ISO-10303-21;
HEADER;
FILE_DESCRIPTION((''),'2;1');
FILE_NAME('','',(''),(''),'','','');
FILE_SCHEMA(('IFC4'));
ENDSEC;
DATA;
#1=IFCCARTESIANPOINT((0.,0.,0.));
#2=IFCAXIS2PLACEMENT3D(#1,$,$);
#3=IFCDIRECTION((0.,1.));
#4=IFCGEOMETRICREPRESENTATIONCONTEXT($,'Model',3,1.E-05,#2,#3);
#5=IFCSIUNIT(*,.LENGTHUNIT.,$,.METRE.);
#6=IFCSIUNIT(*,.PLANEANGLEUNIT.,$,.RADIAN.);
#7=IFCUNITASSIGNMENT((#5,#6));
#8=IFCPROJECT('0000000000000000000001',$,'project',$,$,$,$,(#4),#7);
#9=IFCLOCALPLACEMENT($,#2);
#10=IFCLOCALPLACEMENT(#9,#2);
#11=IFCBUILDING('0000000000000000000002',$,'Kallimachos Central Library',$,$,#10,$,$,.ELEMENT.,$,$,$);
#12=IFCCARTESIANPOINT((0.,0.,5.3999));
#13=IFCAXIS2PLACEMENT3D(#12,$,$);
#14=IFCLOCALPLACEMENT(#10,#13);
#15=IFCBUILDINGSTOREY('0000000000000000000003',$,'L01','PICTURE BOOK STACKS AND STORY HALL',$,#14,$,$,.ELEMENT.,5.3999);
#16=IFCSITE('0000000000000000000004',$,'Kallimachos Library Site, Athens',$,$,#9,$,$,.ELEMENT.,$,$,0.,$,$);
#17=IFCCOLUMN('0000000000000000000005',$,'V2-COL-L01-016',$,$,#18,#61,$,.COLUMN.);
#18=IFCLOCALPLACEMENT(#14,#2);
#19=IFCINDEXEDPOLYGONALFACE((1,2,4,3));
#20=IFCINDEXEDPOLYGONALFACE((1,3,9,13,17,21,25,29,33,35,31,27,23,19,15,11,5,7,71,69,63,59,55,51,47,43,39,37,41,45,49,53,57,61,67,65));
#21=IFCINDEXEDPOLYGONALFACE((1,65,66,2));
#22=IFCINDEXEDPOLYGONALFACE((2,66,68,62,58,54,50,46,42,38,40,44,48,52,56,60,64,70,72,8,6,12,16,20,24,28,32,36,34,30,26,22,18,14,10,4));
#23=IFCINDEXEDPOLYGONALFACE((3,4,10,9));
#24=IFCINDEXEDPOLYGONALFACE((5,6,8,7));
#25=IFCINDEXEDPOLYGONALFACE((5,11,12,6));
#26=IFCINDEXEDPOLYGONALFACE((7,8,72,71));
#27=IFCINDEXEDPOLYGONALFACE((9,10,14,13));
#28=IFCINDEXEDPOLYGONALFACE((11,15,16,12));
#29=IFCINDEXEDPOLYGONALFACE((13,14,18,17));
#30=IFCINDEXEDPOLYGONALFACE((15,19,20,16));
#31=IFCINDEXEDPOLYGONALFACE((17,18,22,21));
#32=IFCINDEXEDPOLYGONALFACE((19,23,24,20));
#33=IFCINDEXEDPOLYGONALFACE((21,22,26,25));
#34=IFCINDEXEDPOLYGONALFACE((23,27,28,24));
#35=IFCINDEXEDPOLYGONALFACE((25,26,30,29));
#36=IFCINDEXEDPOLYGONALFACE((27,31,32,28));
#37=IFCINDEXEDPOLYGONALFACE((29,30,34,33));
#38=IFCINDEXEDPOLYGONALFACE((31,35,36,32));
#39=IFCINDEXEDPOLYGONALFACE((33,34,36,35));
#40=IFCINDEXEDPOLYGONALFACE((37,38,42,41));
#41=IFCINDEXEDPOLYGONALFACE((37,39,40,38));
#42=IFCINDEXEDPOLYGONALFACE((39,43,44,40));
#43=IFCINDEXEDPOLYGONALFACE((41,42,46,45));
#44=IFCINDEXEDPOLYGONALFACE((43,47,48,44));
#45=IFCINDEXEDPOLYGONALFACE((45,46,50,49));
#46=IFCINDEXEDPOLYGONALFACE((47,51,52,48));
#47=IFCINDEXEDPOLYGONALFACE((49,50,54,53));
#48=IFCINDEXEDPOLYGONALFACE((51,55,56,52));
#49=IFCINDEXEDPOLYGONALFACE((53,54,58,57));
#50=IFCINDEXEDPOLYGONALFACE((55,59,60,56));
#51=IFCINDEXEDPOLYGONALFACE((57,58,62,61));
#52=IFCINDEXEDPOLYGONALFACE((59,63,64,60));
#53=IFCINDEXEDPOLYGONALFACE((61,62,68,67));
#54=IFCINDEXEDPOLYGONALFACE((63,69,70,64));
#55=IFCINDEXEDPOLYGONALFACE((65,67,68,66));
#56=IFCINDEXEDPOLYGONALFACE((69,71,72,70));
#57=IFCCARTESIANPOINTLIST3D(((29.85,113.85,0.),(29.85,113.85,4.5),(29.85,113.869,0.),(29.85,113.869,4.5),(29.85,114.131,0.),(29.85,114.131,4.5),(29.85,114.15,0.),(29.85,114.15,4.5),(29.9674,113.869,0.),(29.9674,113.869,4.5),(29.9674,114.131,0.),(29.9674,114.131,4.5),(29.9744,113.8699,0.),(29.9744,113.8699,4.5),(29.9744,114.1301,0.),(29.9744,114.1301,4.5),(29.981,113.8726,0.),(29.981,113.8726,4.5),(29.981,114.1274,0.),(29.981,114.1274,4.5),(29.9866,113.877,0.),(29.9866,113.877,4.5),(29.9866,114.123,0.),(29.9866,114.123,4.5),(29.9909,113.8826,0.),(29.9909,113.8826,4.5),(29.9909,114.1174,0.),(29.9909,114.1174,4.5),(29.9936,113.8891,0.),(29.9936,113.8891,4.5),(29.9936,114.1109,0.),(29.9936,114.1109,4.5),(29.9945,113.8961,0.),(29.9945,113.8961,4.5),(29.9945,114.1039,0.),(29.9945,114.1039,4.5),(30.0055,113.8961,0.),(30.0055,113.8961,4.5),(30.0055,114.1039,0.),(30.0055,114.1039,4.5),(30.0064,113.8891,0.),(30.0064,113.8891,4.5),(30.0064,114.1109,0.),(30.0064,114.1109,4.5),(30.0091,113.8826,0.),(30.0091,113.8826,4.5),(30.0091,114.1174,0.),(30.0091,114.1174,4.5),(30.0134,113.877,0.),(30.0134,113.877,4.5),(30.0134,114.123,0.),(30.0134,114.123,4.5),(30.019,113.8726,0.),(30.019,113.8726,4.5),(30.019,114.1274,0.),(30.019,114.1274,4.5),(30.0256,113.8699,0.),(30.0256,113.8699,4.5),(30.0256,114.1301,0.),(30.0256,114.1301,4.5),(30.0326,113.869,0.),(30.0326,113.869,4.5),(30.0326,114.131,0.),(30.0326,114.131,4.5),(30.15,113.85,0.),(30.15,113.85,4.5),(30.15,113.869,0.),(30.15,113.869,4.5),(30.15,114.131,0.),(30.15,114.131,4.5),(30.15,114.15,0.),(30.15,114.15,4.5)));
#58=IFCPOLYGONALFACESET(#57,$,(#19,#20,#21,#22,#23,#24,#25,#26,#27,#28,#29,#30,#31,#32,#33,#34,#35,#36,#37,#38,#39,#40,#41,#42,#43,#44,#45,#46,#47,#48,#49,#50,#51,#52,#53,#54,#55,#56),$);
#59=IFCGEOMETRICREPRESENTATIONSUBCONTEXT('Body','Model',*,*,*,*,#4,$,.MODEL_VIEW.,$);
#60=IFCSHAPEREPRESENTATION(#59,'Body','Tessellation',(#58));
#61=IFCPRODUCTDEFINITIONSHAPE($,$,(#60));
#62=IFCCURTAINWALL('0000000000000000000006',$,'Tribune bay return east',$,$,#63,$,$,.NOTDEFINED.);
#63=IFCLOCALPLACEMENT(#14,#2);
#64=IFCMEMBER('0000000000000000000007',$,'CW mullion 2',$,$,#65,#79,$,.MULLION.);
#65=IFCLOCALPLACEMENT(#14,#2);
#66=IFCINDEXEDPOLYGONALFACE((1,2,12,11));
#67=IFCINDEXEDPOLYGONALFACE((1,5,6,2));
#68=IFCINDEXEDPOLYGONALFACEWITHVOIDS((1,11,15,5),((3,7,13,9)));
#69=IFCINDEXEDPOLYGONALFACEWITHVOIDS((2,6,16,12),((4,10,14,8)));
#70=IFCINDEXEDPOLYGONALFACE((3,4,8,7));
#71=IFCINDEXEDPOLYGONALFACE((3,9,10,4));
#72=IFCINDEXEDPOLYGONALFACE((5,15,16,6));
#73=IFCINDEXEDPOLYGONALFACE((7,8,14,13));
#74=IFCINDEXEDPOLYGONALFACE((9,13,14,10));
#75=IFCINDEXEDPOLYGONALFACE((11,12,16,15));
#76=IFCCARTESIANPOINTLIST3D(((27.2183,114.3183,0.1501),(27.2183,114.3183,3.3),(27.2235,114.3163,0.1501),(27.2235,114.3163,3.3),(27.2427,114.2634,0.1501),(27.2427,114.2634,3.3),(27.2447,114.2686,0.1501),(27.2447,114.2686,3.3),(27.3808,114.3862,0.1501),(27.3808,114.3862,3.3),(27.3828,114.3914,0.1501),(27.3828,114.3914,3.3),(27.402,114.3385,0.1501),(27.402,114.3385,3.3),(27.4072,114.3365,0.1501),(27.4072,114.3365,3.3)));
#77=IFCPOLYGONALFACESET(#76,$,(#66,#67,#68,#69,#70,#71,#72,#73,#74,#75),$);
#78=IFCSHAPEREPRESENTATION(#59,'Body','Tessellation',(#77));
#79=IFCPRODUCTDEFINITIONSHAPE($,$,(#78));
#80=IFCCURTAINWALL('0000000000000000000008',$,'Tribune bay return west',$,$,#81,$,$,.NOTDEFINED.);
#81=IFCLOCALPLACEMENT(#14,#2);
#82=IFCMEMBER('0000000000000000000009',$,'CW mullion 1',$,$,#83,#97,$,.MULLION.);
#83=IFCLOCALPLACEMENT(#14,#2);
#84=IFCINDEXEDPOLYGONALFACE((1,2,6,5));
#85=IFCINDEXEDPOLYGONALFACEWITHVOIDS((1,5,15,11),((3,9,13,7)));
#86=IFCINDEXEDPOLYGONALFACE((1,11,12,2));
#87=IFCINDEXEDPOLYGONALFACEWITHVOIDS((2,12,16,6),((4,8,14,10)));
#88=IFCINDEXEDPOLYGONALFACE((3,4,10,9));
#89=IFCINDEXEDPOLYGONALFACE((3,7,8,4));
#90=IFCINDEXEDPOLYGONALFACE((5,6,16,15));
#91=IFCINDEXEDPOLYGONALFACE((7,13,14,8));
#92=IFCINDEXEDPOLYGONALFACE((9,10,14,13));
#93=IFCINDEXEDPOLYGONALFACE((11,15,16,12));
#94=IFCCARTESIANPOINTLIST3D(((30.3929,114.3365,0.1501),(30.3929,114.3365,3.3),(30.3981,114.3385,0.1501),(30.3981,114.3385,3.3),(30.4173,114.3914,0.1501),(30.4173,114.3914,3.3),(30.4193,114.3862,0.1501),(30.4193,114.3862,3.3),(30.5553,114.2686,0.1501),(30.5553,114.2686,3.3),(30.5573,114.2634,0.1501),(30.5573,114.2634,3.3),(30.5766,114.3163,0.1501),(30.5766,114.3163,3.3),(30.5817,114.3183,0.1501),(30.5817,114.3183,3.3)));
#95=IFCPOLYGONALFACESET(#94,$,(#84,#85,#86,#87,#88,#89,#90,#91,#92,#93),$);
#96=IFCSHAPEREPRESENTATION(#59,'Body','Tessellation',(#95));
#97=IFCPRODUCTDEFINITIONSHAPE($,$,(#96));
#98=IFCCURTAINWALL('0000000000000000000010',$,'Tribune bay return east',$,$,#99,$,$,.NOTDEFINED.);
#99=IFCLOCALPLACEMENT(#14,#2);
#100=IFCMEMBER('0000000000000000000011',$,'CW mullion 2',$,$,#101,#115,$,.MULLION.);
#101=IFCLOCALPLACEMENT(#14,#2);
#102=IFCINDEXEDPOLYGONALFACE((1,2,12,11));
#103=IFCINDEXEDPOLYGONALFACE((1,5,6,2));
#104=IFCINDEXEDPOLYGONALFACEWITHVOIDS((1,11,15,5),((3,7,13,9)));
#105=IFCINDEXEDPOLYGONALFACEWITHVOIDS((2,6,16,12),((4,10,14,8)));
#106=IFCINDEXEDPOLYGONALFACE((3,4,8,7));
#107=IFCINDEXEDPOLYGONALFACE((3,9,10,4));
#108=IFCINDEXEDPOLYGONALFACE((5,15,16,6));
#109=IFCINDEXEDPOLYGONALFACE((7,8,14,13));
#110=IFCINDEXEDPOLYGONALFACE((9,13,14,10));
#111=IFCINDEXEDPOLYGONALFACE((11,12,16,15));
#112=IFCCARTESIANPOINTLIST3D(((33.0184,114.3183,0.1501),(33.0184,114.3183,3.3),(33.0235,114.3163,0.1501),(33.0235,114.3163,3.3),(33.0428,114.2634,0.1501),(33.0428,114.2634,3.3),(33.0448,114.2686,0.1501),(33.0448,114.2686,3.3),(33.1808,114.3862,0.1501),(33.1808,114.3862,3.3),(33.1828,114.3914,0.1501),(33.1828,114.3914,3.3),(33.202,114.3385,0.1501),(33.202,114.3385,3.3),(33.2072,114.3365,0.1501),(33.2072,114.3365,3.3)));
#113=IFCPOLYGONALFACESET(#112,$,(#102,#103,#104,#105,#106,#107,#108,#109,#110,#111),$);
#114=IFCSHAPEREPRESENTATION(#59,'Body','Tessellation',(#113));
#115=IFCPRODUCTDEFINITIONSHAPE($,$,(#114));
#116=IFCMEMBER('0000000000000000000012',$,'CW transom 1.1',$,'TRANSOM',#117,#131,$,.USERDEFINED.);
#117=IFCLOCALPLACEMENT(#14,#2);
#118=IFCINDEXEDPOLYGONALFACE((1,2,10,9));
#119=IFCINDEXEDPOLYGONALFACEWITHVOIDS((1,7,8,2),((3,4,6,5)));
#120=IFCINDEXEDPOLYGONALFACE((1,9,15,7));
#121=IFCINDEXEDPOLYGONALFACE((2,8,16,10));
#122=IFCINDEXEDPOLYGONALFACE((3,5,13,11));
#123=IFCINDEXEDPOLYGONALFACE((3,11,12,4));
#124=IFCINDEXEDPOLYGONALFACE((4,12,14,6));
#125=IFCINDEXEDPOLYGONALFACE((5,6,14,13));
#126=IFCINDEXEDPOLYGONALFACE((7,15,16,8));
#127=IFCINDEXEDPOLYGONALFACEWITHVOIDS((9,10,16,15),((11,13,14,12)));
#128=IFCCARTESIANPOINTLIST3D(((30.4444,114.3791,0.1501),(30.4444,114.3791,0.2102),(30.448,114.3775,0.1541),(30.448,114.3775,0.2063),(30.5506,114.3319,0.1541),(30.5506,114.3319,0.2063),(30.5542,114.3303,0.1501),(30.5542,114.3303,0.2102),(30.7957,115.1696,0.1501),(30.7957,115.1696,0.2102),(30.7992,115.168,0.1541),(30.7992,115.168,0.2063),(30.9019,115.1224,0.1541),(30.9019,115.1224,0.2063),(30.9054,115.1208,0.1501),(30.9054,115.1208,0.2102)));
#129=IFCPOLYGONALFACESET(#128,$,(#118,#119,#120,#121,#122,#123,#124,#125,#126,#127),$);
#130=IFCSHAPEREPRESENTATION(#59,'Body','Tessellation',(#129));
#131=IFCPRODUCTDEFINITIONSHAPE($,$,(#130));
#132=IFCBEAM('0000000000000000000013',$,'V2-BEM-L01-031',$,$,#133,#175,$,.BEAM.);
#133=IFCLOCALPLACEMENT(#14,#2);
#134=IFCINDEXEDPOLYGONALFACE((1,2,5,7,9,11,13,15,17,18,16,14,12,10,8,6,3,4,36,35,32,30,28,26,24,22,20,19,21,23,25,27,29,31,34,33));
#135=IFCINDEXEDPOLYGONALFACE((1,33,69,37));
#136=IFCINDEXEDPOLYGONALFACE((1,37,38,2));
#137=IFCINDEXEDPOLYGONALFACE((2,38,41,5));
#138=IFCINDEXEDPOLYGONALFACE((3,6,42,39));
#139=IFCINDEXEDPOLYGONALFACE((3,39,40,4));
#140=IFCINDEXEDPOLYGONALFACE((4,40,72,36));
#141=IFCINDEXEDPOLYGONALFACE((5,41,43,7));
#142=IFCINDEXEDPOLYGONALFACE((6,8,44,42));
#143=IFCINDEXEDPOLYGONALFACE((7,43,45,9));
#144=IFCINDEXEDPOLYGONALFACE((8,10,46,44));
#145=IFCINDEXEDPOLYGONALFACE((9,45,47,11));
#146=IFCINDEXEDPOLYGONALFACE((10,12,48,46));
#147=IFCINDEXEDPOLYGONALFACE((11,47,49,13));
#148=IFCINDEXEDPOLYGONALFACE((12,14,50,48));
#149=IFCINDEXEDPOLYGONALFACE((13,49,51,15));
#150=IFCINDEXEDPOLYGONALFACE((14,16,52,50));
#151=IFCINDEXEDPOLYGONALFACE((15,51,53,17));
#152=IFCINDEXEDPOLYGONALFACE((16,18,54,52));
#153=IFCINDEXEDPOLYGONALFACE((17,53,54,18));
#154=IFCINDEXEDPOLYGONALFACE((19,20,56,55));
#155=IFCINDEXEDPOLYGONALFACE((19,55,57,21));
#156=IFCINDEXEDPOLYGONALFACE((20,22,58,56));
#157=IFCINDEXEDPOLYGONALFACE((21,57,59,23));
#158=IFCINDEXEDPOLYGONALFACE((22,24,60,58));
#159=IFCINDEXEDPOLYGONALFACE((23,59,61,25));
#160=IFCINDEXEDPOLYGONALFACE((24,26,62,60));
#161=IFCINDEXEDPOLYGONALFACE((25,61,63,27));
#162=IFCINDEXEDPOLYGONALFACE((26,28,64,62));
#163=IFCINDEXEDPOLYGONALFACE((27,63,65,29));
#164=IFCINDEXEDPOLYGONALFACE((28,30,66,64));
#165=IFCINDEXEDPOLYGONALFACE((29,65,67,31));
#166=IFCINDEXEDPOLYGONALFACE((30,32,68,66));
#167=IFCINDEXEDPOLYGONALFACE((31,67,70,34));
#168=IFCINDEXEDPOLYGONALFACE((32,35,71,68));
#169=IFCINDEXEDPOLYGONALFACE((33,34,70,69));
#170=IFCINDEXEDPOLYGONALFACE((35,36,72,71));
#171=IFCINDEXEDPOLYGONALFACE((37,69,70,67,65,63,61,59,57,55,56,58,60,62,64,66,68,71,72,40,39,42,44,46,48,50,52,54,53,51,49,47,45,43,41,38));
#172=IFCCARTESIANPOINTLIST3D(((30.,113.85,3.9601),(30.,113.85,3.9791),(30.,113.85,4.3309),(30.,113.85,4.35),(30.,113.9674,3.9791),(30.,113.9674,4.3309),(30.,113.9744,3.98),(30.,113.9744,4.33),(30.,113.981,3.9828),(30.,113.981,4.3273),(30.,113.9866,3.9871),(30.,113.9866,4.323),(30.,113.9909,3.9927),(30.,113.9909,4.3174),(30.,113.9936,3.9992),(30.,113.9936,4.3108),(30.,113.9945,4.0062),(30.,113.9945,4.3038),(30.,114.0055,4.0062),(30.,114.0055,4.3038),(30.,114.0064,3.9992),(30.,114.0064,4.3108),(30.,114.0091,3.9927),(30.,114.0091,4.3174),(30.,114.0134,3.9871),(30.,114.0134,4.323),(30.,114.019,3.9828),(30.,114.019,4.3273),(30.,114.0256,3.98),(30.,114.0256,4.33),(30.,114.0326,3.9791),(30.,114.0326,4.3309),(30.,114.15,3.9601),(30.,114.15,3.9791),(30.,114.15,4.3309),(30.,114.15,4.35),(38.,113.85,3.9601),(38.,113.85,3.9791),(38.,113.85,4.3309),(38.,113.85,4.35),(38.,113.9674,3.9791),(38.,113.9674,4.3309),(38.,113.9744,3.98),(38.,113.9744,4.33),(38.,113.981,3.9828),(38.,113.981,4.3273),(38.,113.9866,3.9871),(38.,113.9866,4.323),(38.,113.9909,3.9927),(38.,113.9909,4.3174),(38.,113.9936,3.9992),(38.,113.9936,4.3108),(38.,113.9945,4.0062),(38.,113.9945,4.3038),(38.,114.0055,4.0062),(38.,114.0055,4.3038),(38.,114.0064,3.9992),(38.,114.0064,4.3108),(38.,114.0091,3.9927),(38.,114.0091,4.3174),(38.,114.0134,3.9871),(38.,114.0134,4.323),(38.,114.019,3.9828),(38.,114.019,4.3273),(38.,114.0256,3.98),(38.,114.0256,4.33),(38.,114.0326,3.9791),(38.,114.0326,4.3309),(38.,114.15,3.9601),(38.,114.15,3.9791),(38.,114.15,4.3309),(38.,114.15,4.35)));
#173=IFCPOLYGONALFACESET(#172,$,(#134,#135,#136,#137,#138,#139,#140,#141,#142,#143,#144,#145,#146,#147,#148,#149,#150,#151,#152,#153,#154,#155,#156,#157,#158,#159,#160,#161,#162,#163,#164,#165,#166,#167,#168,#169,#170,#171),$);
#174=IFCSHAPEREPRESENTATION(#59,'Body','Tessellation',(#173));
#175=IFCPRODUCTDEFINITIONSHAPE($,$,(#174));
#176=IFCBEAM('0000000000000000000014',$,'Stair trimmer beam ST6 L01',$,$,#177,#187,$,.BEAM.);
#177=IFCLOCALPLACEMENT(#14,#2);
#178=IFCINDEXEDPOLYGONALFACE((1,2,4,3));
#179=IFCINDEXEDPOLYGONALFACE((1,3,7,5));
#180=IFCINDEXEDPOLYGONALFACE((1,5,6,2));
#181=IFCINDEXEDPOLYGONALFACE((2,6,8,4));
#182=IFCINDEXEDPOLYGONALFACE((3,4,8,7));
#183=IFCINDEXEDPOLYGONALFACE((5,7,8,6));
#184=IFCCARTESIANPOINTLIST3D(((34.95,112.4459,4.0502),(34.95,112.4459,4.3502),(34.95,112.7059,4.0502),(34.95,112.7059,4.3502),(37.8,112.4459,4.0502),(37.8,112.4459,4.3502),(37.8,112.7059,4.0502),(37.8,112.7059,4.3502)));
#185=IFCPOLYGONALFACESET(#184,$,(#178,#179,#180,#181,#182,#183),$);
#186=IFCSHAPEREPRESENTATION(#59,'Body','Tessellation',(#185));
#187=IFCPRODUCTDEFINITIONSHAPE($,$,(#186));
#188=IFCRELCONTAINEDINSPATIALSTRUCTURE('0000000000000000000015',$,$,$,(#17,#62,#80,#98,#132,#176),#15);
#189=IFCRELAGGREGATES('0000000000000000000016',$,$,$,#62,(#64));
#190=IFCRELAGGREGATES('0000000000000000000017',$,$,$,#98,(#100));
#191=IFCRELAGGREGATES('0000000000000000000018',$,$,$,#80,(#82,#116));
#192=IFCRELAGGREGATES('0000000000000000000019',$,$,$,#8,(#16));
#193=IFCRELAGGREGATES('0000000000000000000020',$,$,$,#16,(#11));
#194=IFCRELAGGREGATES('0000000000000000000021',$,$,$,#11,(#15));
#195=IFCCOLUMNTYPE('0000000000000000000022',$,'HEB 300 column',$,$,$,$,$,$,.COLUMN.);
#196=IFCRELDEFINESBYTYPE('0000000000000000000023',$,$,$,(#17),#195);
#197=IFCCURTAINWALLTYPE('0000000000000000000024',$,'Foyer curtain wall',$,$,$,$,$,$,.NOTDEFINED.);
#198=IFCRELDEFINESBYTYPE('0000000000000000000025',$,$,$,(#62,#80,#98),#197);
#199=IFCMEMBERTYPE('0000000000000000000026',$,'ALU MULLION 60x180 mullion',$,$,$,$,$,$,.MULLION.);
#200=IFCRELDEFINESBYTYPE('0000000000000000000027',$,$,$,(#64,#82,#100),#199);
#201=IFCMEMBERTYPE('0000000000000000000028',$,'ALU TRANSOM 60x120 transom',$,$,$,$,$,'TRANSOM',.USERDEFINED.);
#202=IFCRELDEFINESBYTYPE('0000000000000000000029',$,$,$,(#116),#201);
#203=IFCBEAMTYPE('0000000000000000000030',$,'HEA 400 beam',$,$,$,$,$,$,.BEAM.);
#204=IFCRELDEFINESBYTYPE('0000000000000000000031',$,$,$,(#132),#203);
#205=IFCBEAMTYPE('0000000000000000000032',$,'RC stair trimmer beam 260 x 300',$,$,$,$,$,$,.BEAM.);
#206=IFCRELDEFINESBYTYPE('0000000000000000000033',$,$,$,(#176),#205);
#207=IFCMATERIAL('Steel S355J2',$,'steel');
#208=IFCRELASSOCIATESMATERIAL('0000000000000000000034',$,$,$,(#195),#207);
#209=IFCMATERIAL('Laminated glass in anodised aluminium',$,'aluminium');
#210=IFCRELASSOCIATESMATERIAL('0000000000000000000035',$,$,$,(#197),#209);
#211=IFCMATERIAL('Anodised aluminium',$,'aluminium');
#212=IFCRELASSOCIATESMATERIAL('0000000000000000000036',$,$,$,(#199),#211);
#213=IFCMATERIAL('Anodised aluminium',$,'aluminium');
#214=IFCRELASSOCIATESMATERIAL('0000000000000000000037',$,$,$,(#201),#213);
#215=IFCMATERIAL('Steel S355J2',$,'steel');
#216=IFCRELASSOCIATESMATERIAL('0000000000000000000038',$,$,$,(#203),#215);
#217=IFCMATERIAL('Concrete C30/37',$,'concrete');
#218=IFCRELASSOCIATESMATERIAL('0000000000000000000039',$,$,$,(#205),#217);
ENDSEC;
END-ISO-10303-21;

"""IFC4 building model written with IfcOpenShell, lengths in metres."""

from ifc_helpers import new_model, si_unit, direction, frame, origin, origin_2d, place, context, subcontext, project, spatial, rectangle, hollow_rectangle, i_section, extrude, material, material_profile, profile_set, type_object, element, aggregate, save


model = new_model("IFC4")

# Units and contexts
model_context = context("Model", 3, precision=1e-05, world=origin(), true_north=direction((0.0, 1.0)))
body_context = subcontext(model_context, "Body", "Model", "MODEL_VIEW")
ifc_project = project(units=[si_unit("LENGTHUNIT", "METRE"), si_unit("PLANEANGLEUNIT", "RADIAN")], contexts=[model_context])

# Site, building, storey
site_placement = place(None, origin())
site = spatial("IfcSite", under=ifc_project, at=site_placement, Name="Kallimachos Library Site, Athens", CompositionType="ELEMENT", RefElevation=0.0)
building_placement = place(site_placement, origin())
building = spatial("IfcBuilding", under=site, at=building_placement, Name="Kallimachos Central Library", CompositionType="ELEMENT")
storey_placement = place(building_placement, frame((0.0, 0.0, 5.3999)))
storey = spatial("IfcBuildingStorey", under=building, at=storey_placement, Name="L01", Description="PICTURE BOOK STACKS AND STORY HALL", CompositionType="ELEMENT", Elevation=5.3999)

# Column
ifc_material_1 = material(Name="Steel S355J2", Category="steel")
ifc_material_profile_1 = material_profile(ifc_material_1, i_section(OverallWidth=0.3, OverallDepth=0.3, WebThickness=0.011, FlangeThickness=0.019, FilletRadius=0.0271, at=origin_2d()), Name="HEB 300")
ifc_profile_set_1 = profile_set([ifc_material_profile_1], Name="Steel S355J2")
column_type = type_object("IfcColumnType", Name="HEB 300 column", PredefinedType="COLUMN", material=ifc_profile_set_1)
column_placement = place(storey_placement, frame((30.0, 114.0, 0.0), z_axis=(0.0, 0.0, 1.0), x_axis=(1.0, 0.0, 0.0)))
element("IfcColumn", 1, at=column_placement, inside=storey, type_object=column_type, Name="V2-COL-L01-016", PredefinedType="COLUMN", context=body_context, shape_type="SweptSolid", body=[
    extrude(i_section(OverallWidth=0.3, OverallDepth=0.3, WebThickness=0.011, FlangeThickness=0.019, FilletRadius=0.0271, at=origin_2d()), origin(), (0.0, 0.0, 1.0), 4.5),
])

# Curtain walls, members
ifc_material_2 = material(Name="Laminated glass in anodised aluminium", Category="aluminium")
curtain_wall_type = type_object("IfcCurtainWallType", Name="Foyer curtain wall", PredefinedType="NOTDEFINED", material=ifc_material_2)
curtain_wall_1_placement = place(storey_placement, origin())
curtain_wall_1 = element("IfcCurtainWall", 2, at=curtain_wall_1_placement, inside=storey, type_object=curtain_wall_type, Name="Tribune bay return east", PredefinedType="NOTDEFINED")
ifc_material_3 = material(Name="Anodised aluminium", Category="aluminium")
ifc_material_profile_2 = material_profile(ifc_material_3, hollow_rectangle(XDim=0.0601, YDim=0.1799, WallThickness=0.0039, at=origin_2d()), Name="ALU MULLION 60x180")
ifc_profile_set_2 = profile_set([ifc_material_profile_2], Name="Anodised aluminium")
member_type_1 = type_object("IfcMemberType", Name="ALU MULLION 60x180 mullion", PredefinedType="MULLION", material=ifc_profile_set_2)
member_1_placement = place(storey_placement, frame((27.3127, 114.3274, 0.1501), z_axis=(0.0, 0.0, 1.0), x_axis=(0.406138, -0.913812, 0.0)))
member_1 = element("IfcMember", 3, at=member_1_placement, type_object=member_type_1, Name="CW mullion 2", PredefinedType="MULLION", context=body_context, shape_type="SweptSolid", body=[
    extrude(hollow_rectangle(XDim=0.0601, YDim=0.1799, WallThickness=0.0039, at=origin_2d()), origin(), (0.0, 0.0, 1.0), 3.1499),
])
aggregate(curtain_wall_1, [member_1])
curtain_wall_2_placement = place(storey_placement, origin())
curtain_wall_2 = element("IfcCurtainWall", 4, at=curtain_wall_2_placement, inside=storey, type_object=curtain_wall_type, Name="Tribune bay return west", PredefinedType="NOTDEFINED")
member_2_placement = place(storey_placement, frame((30.4873, 114.3274, 0.1501), z_axis=(0.0, 0.0, 1.0), x_axis=(0.406138, 0.913812, 0.0)))
member_2 = element("IfcMember", 5, at=member_2_placement, type_object=member_type_1, Name="CW mullion 1", PredefinedType="MULLION", context=body_context, shape_type="SweptSolid", body=[
    extrude(hollow_rectangle(XDim=0.0601, YDim=0.1799, WallThickness=0.0039, at=origin_2d()), origin(), (0.0, 0.0, 1.0), 3.1499),
])
curtain_wall_3_placement = place(storey_placement, origin())
curtain_wall_3 = element("IfcCurtainWall", 6, at=curtain_wall_3_placement, inside=storey, type_object=curtain_wall_type, Name="Tribune bay return east", PredefinedType="NOTDEFINED")
member_3_placement = place(storey_placement, frame((33.1128, 114.3274, 0.1501), z_axis=(0.0, 0.0, 1.0), x_axis=(0.406138, -0.913812, 0.0)))
member_3 = element("IfcMember", 7, at=member_3_placement, type_object=member_type_1, Name="CW mullion 2", PredefinedType="MULLION", context=body_context, shape_type="SweptSolid", body=[
    extrude(hollow_rectangle(XDim=0.0601, YDim=0.1799, WallThickness=0.0039, at=origin_2d()), origin(), (0.0, 0.0, 1.0), 3.1499),
])
aggregate(curtain_wall_3, [member_3])

# Member
ifc_material_4 = material(Name="Anodised aluminium", Category="aluminium")
ifc_material_profile_3 = material_profile(ifc_material_4, hollow_rectangle(XDim=0.0601, YDim=0.1201, WallThickness=0.0039, at=origin_2d()), Name="ALU TRANSOM 60x120")
ifc_profile_set_3 = profile_set([ifc_material_profile_3], Name="Anodised aluminium")
member_type_2 = type_object("IfcMemberType", Name="ALU TRANSOM 60x120 transom", ElementType="TRANSOM", PredefinedType="USERDEFINED", material=ifc_profile_set_3)
member_4_placement = place(storey_placement, frame((30.4993, 114.3547, 0.1802), z_axis=(0.406112, 0.913823, 0.0), x_axis=(0.0, 0.0, 1.0)))
member_4 = element("IfcMember", 8, at=member_4_placement, type_object=member_type_2, Name="CW transom 1.1", ObjectType="TRANSOM", PredefinedType="USERDEFINED", context=body_context, shape_type="SweptSolid", body=[
    extrude(hollow_rectangle(XDim=0.0601, YDim=0.1201, WallThickness=0.0039, at=origin_2d()), origin(), (0.0, 0.0, 1.0), 0.865),
])
aggregate(curtain_wall_2, [member_2, member_4])

# Beams
ifc_material_5 = material(Name="Steel S355J2", Category="steel")
ifc_material_profile_4 = material_profile(ifc_material_5, i_section(OverallWidth=0.3, OverallDepth=0.3899, WebThickness=0.011, FlangeThickness=0.019, FilletRadius=0.0271, at=origin_2d()), Name="HEA 400")
ifc_profile_set_4 = profile_set([ifc_material_profile_4], Name="Steel S355J2")
beam_type_1 = type_object("IfcBeamType", Name="HEA 400 beam", PredefinedType="BEAM", material=ifc_profile_set_4)
beam_1_placement = place(storey_placement, frame((30.0, 114.0, 4.155), z_axis=(1.0, 0.0, 0.0), x_axis=(0.0, 1.0, 0.0)))
element("IfcBeam", 9, at=beam_1_placement, inside=storey, type_object=beam_type_1, Name="V2-BEM-L01-031", PredefinedType="BEAM", context=body_context, shape_type="SweptSolid", body=[
    extrude(i_section(OverallWidth=0.3, OverallDepth=0.3899, WebThickness=0.011, FlangeThickness=0.019, FilletRadius=0.0271, at=origin_2d()), origin(), (0.0, 0.0, 1.0), 8.0),
])
ifc_material_6 = material(Name="Concrete C30/37", Category="concrete")
ifc_material_profile_5 = material_profile(ifc_material_6, rectangle(XDim=0.26, YDim=0.3, at=origin_2d()), Name="RC stair trimmer beam 260 x 300")
ifc_profile_set_5 = profile_set([ifc_material_profile_5], Name="Concrete C30/37")
beam_type_2 = type_object("IfcBeamType", Name="RC stair trimmer beam 260 x 300", PredefinedType="BEAM", material=ifc_profile_set_5)
beam_2_placement = place(storey_placement, frame((34.95, 112.5759, 4.2002), z_axis=(1.0, 0.0, 0.0), x_axis=(0.0, 1.0, 0.0)))
element("IfcBeam", 10, at=beam_2_placement, inside=storey, type_object=beam_type_2, Name="Stair trimmer beam ST6 L01", PredefinedType="BEAM", context=body_context, shape_type="SweptSolid", body=[
    extrude(rectangle(XDim=0.26, YDim=0.3, at=origin_2d()), origin(), (0.0, 0.0, 1.0), 2.8501),
])

save(model, "model.ifc")
